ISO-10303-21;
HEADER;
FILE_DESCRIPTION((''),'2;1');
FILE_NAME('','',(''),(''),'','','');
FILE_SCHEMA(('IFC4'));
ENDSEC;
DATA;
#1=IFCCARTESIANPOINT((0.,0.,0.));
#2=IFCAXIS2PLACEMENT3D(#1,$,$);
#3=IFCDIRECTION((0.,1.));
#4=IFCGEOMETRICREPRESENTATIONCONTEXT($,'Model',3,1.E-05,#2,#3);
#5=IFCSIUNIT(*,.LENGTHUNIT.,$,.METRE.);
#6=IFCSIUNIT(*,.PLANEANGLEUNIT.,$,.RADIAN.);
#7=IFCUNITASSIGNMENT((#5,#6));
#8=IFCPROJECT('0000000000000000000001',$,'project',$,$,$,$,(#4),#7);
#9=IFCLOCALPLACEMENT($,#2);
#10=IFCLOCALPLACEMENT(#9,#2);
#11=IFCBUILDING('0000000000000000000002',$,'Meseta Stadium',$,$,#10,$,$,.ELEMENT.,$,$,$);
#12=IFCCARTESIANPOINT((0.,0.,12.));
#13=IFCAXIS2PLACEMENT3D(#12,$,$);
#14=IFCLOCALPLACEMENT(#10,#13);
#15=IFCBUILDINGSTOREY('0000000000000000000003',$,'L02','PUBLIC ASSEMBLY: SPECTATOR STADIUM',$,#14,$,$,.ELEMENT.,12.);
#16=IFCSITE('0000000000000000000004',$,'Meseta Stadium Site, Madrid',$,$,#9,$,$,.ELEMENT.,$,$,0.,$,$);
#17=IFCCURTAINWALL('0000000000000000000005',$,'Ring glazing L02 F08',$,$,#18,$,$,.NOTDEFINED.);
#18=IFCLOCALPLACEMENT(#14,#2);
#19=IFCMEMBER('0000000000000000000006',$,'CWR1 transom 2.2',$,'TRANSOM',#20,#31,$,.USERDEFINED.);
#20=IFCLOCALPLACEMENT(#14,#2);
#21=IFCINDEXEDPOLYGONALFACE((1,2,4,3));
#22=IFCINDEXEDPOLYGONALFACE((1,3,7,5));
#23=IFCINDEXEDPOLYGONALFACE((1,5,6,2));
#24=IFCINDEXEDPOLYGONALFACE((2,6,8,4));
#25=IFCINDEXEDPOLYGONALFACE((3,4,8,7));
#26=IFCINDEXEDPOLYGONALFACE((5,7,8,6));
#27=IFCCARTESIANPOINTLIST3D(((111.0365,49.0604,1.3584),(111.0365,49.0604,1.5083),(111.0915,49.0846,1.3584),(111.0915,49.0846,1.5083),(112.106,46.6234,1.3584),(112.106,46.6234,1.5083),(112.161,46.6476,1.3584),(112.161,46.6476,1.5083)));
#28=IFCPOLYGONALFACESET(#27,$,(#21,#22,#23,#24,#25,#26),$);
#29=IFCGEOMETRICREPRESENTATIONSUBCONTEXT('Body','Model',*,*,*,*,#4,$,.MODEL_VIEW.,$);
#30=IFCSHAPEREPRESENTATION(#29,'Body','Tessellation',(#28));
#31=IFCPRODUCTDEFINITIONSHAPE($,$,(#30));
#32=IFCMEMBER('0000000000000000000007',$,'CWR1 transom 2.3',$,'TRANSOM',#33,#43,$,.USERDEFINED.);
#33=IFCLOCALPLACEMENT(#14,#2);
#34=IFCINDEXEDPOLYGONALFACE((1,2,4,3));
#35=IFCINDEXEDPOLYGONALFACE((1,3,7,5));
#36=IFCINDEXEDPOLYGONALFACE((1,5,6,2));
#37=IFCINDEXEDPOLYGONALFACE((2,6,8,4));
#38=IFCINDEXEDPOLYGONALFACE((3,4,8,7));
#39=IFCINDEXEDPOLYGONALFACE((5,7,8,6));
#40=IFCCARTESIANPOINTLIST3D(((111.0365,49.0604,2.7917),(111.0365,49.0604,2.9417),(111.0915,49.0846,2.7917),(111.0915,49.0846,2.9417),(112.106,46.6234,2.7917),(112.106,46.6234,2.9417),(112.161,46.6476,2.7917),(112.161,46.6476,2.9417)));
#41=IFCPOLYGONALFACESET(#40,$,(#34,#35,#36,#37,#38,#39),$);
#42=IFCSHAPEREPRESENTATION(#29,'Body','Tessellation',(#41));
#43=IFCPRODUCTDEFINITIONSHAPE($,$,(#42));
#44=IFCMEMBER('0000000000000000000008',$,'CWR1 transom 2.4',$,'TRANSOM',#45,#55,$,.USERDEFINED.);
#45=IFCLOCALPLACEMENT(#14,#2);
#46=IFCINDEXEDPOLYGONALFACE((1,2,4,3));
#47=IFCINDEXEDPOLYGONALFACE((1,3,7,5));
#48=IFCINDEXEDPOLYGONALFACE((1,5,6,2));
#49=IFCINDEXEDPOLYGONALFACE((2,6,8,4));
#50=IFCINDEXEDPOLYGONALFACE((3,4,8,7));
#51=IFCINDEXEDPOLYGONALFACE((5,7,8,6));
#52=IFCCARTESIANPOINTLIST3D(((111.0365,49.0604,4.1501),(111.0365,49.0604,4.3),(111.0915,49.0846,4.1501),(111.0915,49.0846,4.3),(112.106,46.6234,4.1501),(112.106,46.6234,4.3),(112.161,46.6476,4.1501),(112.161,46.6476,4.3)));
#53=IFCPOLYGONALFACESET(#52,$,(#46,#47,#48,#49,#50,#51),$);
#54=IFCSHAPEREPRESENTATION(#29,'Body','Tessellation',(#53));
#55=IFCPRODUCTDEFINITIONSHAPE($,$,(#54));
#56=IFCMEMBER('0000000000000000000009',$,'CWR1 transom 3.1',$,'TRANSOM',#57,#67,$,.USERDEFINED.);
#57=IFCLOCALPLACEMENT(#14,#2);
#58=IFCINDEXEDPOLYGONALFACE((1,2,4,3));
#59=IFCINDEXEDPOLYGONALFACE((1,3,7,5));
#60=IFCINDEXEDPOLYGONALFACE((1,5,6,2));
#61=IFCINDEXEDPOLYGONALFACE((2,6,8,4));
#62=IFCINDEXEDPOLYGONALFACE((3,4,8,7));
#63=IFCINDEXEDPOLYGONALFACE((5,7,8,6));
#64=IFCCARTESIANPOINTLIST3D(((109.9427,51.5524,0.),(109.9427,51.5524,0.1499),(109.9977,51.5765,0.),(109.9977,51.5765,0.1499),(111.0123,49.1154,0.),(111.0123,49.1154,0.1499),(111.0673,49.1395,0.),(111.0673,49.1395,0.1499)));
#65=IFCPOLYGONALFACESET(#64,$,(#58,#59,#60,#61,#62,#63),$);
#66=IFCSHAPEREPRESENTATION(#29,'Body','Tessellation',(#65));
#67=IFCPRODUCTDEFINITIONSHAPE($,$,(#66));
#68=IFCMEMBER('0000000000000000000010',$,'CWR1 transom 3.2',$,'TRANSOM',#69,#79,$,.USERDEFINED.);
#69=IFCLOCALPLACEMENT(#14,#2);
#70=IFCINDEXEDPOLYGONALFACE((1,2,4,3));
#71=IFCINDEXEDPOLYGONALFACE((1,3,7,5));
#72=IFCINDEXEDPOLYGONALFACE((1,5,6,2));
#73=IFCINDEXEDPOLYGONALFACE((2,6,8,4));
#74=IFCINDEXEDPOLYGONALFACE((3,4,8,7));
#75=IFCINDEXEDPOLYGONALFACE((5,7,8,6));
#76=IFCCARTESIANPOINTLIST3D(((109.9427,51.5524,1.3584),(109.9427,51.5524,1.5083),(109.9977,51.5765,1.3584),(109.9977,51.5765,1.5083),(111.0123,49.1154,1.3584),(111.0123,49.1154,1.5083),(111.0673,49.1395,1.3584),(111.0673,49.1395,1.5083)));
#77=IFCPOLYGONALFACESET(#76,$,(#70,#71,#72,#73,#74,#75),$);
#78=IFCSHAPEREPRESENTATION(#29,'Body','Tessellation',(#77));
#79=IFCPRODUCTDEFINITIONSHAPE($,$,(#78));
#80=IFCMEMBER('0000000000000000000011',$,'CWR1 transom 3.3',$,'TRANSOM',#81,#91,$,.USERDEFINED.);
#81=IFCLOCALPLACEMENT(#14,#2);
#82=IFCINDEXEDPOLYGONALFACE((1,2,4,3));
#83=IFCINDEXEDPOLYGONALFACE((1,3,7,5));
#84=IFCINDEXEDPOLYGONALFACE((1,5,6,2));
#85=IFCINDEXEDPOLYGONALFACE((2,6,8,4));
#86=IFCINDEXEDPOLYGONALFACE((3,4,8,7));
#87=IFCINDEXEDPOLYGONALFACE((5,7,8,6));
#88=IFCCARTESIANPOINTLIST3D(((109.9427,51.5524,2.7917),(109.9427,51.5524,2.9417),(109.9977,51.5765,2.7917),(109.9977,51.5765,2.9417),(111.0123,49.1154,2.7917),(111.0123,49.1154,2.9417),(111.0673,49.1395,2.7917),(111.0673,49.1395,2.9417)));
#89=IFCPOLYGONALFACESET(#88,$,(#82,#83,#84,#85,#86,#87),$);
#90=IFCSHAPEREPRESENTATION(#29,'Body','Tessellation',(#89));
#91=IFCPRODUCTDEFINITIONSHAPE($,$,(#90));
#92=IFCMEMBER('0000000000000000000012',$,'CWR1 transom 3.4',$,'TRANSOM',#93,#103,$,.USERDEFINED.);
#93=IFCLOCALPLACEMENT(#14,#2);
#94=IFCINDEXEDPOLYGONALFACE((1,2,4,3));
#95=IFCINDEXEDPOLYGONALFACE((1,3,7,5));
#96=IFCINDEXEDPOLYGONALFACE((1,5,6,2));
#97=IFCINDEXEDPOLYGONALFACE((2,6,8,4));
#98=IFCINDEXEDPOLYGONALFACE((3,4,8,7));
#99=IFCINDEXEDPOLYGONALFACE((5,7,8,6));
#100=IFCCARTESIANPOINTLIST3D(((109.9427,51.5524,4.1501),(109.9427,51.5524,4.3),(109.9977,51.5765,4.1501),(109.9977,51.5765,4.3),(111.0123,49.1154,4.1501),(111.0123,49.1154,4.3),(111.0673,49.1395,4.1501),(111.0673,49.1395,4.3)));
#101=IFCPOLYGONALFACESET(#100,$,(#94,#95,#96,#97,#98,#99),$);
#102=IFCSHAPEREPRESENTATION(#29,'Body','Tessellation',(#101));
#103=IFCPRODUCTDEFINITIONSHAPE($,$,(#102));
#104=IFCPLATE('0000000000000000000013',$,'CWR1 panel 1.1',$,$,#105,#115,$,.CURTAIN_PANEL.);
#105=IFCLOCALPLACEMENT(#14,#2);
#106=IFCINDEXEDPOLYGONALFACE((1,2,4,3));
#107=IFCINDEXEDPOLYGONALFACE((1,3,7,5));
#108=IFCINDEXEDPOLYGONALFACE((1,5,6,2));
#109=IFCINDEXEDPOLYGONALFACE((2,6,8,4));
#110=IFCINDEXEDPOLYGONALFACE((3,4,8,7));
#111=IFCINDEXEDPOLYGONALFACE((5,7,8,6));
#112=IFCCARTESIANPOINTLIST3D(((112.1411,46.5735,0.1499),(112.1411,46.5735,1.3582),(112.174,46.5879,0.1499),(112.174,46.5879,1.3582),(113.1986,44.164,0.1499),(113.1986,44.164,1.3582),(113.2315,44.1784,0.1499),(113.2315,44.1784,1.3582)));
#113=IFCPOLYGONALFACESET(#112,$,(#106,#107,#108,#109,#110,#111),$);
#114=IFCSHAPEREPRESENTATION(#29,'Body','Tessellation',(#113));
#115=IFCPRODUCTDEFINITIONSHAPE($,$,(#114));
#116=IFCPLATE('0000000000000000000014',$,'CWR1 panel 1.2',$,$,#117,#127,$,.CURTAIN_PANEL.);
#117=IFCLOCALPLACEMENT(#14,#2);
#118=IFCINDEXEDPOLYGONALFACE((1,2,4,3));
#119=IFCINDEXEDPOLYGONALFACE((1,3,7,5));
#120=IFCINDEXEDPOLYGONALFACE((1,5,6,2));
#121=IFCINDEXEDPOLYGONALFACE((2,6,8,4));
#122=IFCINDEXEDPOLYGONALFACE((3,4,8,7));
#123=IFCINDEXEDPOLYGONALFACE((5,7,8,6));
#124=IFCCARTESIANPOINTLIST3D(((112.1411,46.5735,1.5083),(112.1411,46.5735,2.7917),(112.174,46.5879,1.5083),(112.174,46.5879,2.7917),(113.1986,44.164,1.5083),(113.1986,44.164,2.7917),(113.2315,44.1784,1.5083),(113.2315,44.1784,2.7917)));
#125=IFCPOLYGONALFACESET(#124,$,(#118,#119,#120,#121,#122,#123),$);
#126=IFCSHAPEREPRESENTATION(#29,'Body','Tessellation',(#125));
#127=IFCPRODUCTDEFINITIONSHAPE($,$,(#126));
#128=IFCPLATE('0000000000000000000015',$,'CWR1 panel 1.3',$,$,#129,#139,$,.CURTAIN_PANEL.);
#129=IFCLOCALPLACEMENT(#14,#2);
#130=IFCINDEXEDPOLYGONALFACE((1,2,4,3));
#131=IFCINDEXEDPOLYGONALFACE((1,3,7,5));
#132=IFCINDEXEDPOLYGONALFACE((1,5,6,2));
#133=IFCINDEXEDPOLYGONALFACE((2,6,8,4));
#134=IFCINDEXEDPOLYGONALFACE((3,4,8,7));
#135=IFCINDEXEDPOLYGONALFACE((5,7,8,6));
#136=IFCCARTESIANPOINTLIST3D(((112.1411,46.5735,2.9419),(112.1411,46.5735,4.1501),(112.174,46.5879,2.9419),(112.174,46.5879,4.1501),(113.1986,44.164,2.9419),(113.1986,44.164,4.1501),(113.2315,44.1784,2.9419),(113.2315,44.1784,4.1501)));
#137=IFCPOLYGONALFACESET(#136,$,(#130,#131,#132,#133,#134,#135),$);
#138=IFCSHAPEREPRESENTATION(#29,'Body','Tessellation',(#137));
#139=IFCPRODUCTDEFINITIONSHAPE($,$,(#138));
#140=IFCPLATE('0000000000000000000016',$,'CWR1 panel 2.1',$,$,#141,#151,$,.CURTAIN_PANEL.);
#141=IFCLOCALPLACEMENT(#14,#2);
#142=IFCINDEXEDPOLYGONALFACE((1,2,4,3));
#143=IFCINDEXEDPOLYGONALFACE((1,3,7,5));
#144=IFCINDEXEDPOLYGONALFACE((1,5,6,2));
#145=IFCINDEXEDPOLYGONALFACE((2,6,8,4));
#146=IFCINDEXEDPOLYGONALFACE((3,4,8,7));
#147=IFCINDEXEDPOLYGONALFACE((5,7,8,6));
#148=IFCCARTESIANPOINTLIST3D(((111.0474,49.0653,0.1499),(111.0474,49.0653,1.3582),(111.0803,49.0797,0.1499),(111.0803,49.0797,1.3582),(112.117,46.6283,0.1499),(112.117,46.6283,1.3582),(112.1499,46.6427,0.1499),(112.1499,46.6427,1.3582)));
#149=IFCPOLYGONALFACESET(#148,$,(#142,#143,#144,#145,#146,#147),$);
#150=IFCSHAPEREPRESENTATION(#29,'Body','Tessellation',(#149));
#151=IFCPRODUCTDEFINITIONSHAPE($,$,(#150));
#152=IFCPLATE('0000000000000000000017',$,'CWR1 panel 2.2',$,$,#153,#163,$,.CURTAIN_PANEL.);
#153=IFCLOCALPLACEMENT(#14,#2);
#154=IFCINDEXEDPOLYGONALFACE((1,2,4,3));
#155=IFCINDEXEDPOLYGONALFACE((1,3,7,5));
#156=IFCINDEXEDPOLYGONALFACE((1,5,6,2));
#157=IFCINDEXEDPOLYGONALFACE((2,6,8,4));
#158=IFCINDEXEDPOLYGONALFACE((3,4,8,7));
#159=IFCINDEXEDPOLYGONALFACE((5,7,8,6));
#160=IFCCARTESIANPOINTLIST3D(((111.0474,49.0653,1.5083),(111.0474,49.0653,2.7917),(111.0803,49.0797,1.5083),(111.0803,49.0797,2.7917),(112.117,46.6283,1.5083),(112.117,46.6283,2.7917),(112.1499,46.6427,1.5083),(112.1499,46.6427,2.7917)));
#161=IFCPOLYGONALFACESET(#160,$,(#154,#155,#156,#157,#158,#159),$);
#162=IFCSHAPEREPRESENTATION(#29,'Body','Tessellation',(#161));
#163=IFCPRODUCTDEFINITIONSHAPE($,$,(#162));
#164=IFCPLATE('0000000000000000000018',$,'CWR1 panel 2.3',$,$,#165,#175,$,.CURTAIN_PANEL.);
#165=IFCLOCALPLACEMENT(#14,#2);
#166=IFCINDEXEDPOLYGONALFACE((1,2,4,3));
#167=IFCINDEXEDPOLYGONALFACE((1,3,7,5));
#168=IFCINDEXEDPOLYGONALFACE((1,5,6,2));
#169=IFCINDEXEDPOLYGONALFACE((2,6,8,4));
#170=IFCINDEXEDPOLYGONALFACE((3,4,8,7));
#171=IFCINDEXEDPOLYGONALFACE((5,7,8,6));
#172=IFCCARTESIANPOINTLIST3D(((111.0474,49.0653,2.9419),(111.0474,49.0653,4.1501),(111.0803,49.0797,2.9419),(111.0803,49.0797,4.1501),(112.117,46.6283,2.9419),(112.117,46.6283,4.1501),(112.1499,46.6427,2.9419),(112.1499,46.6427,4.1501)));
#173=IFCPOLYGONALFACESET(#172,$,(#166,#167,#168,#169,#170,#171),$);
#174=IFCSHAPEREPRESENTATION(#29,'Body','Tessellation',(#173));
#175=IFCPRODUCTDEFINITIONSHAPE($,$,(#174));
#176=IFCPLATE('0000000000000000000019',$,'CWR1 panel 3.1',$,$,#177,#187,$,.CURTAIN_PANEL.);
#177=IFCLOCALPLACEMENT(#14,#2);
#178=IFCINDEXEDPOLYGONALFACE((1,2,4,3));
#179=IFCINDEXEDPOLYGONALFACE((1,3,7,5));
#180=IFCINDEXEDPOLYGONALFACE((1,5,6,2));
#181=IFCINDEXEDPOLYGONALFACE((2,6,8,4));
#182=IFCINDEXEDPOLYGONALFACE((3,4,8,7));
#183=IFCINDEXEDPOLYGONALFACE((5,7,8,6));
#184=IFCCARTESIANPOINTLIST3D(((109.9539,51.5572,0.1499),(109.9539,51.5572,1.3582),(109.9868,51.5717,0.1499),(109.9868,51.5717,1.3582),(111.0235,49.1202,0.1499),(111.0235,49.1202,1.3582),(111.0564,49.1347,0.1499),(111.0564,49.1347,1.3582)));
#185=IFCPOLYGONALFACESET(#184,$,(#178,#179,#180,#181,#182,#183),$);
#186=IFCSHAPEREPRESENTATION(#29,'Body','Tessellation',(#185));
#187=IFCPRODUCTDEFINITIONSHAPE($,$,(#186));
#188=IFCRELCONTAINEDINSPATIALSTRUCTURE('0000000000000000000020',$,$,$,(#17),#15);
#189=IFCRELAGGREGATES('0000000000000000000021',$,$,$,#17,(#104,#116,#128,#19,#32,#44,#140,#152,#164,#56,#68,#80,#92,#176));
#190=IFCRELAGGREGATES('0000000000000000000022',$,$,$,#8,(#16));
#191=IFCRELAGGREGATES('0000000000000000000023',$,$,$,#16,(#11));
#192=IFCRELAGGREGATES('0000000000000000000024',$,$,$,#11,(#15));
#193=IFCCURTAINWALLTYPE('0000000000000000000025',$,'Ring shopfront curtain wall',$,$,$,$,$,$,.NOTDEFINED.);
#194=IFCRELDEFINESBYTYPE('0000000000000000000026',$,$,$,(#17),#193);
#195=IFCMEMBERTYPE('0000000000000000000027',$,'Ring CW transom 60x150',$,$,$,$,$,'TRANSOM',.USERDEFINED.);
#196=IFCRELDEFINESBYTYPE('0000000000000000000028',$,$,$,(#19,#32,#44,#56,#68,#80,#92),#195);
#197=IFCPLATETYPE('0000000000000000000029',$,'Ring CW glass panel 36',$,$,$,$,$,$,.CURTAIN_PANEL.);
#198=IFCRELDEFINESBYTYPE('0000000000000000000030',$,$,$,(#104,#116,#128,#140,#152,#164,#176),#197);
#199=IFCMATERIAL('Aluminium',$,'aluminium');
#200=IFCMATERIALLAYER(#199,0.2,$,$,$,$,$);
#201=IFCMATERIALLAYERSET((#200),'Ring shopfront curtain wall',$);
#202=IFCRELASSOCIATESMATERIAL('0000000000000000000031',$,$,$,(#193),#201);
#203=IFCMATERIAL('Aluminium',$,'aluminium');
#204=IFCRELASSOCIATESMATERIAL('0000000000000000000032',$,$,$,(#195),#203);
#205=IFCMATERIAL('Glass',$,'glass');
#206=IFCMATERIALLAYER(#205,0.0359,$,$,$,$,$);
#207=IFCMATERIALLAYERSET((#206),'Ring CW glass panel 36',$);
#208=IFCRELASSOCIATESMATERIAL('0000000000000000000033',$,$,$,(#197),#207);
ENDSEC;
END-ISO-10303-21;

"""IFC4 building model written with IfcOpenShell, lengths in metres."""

from ifc_helpers import new_model, si_unit, direction, frame, origin, origin_2d, place, context, subcontext, project, spatial, rectangle, extrude, material, layer, layer_set, material_profile, profile_set, type_object, element, aggregate, save


model = new_model("IFC4")

# Units and contexts
model_context = context("Model", 3, precision=1e-05, world=origin(), true_north=direction((0.0, 1.0)))
body_context = subcontext(model_context, "Body", "Model", "MODEL_VIEW")
ifc_project = project(units=[si_unit("LENGTHUNIT", "METRE"), si_unit("PLANEANGLEUNIT", "RADIAN")], contexts=[model_context])

# Site, building, storey
site_placement = place(None, origin())
site = spatial("IfcSite", under=ifc_project, at=site_placement, Name="Meseta Stadium Site, Madrid", CompositionType="ELEMENT", RefElevation=0.0)
building_placement = place(site_placement, origin())
building = spatial("IfcBuilding", under=site, at=building_placement, Name="Meseta Stadium", CompositionType="ELEMENT")
storey_placement = place(building_placement, frame((0.0, 0.0, 12.0)))
storey = spatial("IfcBuildingStorey", under=building, at=storey_placement, Name="L02", Description="PUBLIC ASSEMBLY: SPECTATOR STADIUM", CompositionType="ELEMENT", Elevation=12.0)

# Shared definitions
ifc_material_1 = material(Name="Aluminium", Category="aluminium")
ifc_layer_1 = layer(ifc_material_1, 0.2)
ifc_layer_set_1 = layer_set([ifc_layer_1], Name="Ring shopfront curtain wall")
curtain_wall_type = type_object("IfcCurtainWallType", Name="Ring shopfront curtain wall", PredefinedType="NOTDEFINED", material=ifc_layer_set_1)

# Curtain wall, members, plates
curtain_wall_1_placement = place(storey_placement, origin())
curtain_wall_1 = element("IfcCurtainWall", 1, at=curtain_wall_1_placement, inside=storey, type_object=curtain_wall_type, Name="Ring glazing L02 F08", PredefinedType="NOTDEFINED")
ifc_material_2 = material(Name="Aluminium", Category="aluminium")
ifc_material_profile_1 = material_profile(ifc_material_2, rectangle(XDim=0.0601, YDim=0.1499, at=origin_2d()), Name="CW 60x150")
ifc_profile_set_1 = profile_set([ifc_material_profile_1], Name="Aluminium")
member_type_1 = type_object("IfcMemberType", Name="Ring CW transom 60x150", ElementType="TRANSOM", PredefinedType="USERDEFINED", material=ifc_profile_set_1)
member_1_placement = place(storey_placement, frame((112.1335, 46.6355, 1.4333), z_axis=(-0.401887, 0.915689, 0.0), x_axis=(-0.915689, -0.401887, 0.0)))
member_1 = element("IfcMember", 2, at=member_1_placement, type_object=member_type_1, Name="CWR1 transom 2.2", ObjectType="TRANSOM", PredefinedType="USERDEFINED", context=body_context, shape_type="SweptSolid", body=[
    extrude(rectangle(XDim=0.0601, YDim=0.1499, at=origin_2d()), origin(), (0.0, 0.0, 1.0), 2.6614),
])
member_2_placement = place(storey_placement, frame((112.1335, 46.6355, 2.8667), z_axis=(-0.401887, 0.915689, 0.0), x_axis=(-0.915689, -0.401887, 0.0)))
member_2 = element("IfcMember", 3, at=member_2_placement, type_object=member_type_1, Name="CWR1 transom 2.3", ObjectType="TRANSOM", PredefinedType="USERDEFINED", context=body_context, shape_type="SweptSolid", body=[
    extrude(rectangle(XDim=0.0601, YDim=0.1499, at=origin_2d()), origin(), (0.0, 0.0, 1.0), 2.6614),
])
member_3_placement = place(storey_placement, frame((112.1335, 46.6355, 4.2251), z_axis=(-0.401887, 0.915689, 0.0), x_axis=(-0.915689, -0.401887, 0.0)))
member_3 = element("IfcMember", 4, at=member_3_placement, type_object=member_type_1, Name="CWR1 transom 2.4", ObjectType="TRANSOM", PredefinedType="USERDEFINED", context=body_context, shape_type="SweptSolid", body=[
    extrude(rectangle(XDim=0.0601, YDim=0.1499, at=origin_2d()), origin(), (0.0, 0.0, 1.0), 2.6614),
])
member_4_placement = place(storey_placement, frame((111.0398, 49.1274, 0.075), z_axis=(-0.401887, 0.915689, 0.0), x_axis=(-0.915689, -0.401887, 0.0)))
member_4 = element("IfcMember", 5, at=member_4_placement, type_object=member_type_1, Name="CWR1 transom 3.1", ObjectType="TRANSOM", PredefinedType="USERDEFINED", context=body_context, shape_type="SweptSolid", body=[
    extrude(rectangle(XDim=0.0601, YDim=0.1499, at=origin_2d()), origin(), (0.0, 0.0, 1.0), 2.6614),
])
member_5_placement = place(storey_placement, frame((111.0398, 49.1274, 1.4333), z_axis=(-0.401887, 0.915689, 0.0), x_axis=(-0.915689, -0.401887, 0.0)))
member_5 = element("IfcMember", 6, at=member_5_placement, type_object=member_type_1, Name="CWR1 transom 3.2", ObjectType="TRANSOM", PredefinedType="USERDEFINED", context=body_context, shape_type="SweptSolid", body=[
    extrude(rectangle(XDim=0.0601, YDim=0.1499, at=origin_2d()), origin(), (0.0, 0.0, 1.0), 2.6614),
])
member_6_placement = place(storey_placement, frame((111.0398, 49.1274, 2.8667), z_axis=(-0.401887, 0.915689, 0.0), x_axis=(-0.915689, -0.401887, 0.0)))
member_6 = element("IfcMember", 7, at=member_6_placement, type_object=member_type_1, Name="CWR1 transom 3.3", ObjectType="TRANSOM", PredefinedType="USERDEFINED", context=body_context, shape_type="SweptSolid", body=[
    extrude(rectangle(XDim=0.0601, YDim=0.1499, at=origin_2d()), origin(), (0.0, 0.0, 1.0), 2.6614),
])
member_7_placement = place(storey_placement, frame((111.0398, 49.1274, 4.2251), z_axis=(-0.401887, 0.915689, 0.0), x_axis=(-0.915689, -0.401887, 0.0)))
member_7 = element("IfcMember", 8, at=member_7_placement, type_object=member_type_1, Name="CWR1 transom 3.4", ObjectType="TRANSOM", PredefinedType="USERDEFINED", context=body_context, shape_type="SweptSolid", body=[
    extrude(rectangle(XDim=0.0601, YDim=0.1499, at=origin_2d()), origin(), (0.0, 0.0, 1.0), 2.6614),
])
ifc_material_3 = material(Name="Glass", Category="glass")
ifc_layer_2 = layer(ifc_material_3, 0.0359)
ifc_layer_set_2 = layer_set([ifc_layer_2], Name="Ring CW glass panel 36")
plate_type_1 = type_object("IfcPlateType", Name="Ring CW glass panel 36", PredefinedType="CURTAIN_PANEL", material=ifc_layer_set_2)
plate_1_placement = place(storey_placement, frame((112.6863, 45.376, 0.1499), z_axis=(0.0, 0.0, 1.0), x_axis=(-0.401892, 0.915687, 0.0)))
plate_1 = element("IfcPlate", 9, at=plate_1_placement, type_object=plate_type_1, Name="CWR1 panel 1.1", PredefinedType="CURTAIN_PANEL", context=body_context, shape_type="SweptSolid", body=[
    extrude(rectangle(XDim=2.6313, YDim=0.0359, at=origin_2d()), origin(), (0.0, 0.0, 1.0), 1.2083),
])
plate_2_placement = place(storey_placement, frame((112.6863, 45.376, 1.5083), z_axis=(0.0, 0.0, 1.0), x_axis=(-0.401892, 0.915687, 0.0)))
plate_2 = element("IfcPlate", 10, at=plate_2_placement, type_object=plate_type_1, Name="CWR1 panel 1.2", PredefinedType="CURTAIN_PANEL", context=body_context, shape_type="SweptSolid", body=[
    extrude(rectangle(XDim=2.6313, YDim=0.0359, at=origin_2d()), origin(), (0.0, 0.0, 1.0), 1.2834),
])
plate_3_placement = place(storey_placement, frame((112.6863, 45.376, 2.9419), z_axis=(0.0, 0.0, 1.0), x_axis=(-0.401892, 0.915687, 0.0)))
plate_3 = element("IfcPlate", 11, at=plate_3_placement, type_object=plate_type_1, Name="CWR1 panel 1.3", PredefinedType="CURTAIN_PANEL", context=body_context, shape_type="SweptSolid", body=[
    extrude(rectangle(XDim=2.6313, YDim=0.0359, at=origin_2d()), origin(), (0.0, 0.0, 1.0), 1.2083),
])
plate_4_placement = place(storey_placement, frame((111.5986, 47.854, 0.1499), z_axis=(0.0, 0.0, 1.0), x_axis=(-0.401892, 0.915687, 0.0)))
plate_4 = element("IfcPlate", 12, at=plate_4_placement, type_object=plate_type_1, Name="CWR1 panel 2.1", PredefinedType="CURTAIN_PANEL", context=body_context, shape_type="SweptSolid", body=[
    extrude(rectangle(XDim=2.6614, YDim=0.0359, at=origin_2d()), origin(), (0.0, 0.0, 1.0), 1.2083),
])
plate_5_placement = place(storey_placement, frame((111.5986, 47.854, 1.5083), z_axis=(0.0, 0.0, 1.0), x_axis=(-0.401892, 0.915687, 0.0)))
plate_5 = element("IfcPlate", 13, at=plate_5_placement, type_object=plate_type_1, Name="CWR1 panel 2.2", PredefinedType="CURTAIN_PANEL", context=body_context, shape_type="SweptSolid", body=[
    extrude(rectangle(XDim=2.6614, YDim=0.0359, at=origin_2d()), origin(), (0.0, 0.0, 1.0), 1.2834),
])
plate_6_placement = place(storey_placement, frame((111.5986, 47.854, 2.9419), z_axis=(0.0, 0.0, 1.0), x_axis=(-0.401892, 0.915687, 0.0)))
plate_6 = element("IfcPlate", 14, at=plate_6_placement, type_object=plate_type_1, Name="CWR1 panel 2.3", PredefinedType="CURTAIN_PANEL", context=body_context, shape_type="SweptSolid", body=[
    extrude(rectangle(XDim=2.6614, YDim=0.0359, at=origin_2d()), origin(), (0.0, 0.0, 1.0), 1.2083),
])
plate_7_placement = place(storey_placement, frame((110.5051, 50.3459, 0.1499), z_axis=(0.0, 0.0, 1.0), x_axis=(-0.401892, 0.915687, 0.0)))
plate_7 = element("IfcPlate", 15, at=plate_7_placement, type_object=plate_type_1, Name="CWR1 panel 3.1", PredefinedType="CURTAIN_PANEL", context=body_context, shape_type="SweptSolid", body=[
    extrude(rectangle(XDim=2.6614, YDim=0.0359, at=origin_2d()), origin(), (0.0, 0.0, 1.0), 1.2083),
])
aggregate(curtain_wall_1, [plate_1, plate_2, plate_3, member_1, member_2, member_3, plate_4, plate_5, plate_6, member_4, member_5, member_6, member_7, plate_7])

save(model, "model.ifc")
